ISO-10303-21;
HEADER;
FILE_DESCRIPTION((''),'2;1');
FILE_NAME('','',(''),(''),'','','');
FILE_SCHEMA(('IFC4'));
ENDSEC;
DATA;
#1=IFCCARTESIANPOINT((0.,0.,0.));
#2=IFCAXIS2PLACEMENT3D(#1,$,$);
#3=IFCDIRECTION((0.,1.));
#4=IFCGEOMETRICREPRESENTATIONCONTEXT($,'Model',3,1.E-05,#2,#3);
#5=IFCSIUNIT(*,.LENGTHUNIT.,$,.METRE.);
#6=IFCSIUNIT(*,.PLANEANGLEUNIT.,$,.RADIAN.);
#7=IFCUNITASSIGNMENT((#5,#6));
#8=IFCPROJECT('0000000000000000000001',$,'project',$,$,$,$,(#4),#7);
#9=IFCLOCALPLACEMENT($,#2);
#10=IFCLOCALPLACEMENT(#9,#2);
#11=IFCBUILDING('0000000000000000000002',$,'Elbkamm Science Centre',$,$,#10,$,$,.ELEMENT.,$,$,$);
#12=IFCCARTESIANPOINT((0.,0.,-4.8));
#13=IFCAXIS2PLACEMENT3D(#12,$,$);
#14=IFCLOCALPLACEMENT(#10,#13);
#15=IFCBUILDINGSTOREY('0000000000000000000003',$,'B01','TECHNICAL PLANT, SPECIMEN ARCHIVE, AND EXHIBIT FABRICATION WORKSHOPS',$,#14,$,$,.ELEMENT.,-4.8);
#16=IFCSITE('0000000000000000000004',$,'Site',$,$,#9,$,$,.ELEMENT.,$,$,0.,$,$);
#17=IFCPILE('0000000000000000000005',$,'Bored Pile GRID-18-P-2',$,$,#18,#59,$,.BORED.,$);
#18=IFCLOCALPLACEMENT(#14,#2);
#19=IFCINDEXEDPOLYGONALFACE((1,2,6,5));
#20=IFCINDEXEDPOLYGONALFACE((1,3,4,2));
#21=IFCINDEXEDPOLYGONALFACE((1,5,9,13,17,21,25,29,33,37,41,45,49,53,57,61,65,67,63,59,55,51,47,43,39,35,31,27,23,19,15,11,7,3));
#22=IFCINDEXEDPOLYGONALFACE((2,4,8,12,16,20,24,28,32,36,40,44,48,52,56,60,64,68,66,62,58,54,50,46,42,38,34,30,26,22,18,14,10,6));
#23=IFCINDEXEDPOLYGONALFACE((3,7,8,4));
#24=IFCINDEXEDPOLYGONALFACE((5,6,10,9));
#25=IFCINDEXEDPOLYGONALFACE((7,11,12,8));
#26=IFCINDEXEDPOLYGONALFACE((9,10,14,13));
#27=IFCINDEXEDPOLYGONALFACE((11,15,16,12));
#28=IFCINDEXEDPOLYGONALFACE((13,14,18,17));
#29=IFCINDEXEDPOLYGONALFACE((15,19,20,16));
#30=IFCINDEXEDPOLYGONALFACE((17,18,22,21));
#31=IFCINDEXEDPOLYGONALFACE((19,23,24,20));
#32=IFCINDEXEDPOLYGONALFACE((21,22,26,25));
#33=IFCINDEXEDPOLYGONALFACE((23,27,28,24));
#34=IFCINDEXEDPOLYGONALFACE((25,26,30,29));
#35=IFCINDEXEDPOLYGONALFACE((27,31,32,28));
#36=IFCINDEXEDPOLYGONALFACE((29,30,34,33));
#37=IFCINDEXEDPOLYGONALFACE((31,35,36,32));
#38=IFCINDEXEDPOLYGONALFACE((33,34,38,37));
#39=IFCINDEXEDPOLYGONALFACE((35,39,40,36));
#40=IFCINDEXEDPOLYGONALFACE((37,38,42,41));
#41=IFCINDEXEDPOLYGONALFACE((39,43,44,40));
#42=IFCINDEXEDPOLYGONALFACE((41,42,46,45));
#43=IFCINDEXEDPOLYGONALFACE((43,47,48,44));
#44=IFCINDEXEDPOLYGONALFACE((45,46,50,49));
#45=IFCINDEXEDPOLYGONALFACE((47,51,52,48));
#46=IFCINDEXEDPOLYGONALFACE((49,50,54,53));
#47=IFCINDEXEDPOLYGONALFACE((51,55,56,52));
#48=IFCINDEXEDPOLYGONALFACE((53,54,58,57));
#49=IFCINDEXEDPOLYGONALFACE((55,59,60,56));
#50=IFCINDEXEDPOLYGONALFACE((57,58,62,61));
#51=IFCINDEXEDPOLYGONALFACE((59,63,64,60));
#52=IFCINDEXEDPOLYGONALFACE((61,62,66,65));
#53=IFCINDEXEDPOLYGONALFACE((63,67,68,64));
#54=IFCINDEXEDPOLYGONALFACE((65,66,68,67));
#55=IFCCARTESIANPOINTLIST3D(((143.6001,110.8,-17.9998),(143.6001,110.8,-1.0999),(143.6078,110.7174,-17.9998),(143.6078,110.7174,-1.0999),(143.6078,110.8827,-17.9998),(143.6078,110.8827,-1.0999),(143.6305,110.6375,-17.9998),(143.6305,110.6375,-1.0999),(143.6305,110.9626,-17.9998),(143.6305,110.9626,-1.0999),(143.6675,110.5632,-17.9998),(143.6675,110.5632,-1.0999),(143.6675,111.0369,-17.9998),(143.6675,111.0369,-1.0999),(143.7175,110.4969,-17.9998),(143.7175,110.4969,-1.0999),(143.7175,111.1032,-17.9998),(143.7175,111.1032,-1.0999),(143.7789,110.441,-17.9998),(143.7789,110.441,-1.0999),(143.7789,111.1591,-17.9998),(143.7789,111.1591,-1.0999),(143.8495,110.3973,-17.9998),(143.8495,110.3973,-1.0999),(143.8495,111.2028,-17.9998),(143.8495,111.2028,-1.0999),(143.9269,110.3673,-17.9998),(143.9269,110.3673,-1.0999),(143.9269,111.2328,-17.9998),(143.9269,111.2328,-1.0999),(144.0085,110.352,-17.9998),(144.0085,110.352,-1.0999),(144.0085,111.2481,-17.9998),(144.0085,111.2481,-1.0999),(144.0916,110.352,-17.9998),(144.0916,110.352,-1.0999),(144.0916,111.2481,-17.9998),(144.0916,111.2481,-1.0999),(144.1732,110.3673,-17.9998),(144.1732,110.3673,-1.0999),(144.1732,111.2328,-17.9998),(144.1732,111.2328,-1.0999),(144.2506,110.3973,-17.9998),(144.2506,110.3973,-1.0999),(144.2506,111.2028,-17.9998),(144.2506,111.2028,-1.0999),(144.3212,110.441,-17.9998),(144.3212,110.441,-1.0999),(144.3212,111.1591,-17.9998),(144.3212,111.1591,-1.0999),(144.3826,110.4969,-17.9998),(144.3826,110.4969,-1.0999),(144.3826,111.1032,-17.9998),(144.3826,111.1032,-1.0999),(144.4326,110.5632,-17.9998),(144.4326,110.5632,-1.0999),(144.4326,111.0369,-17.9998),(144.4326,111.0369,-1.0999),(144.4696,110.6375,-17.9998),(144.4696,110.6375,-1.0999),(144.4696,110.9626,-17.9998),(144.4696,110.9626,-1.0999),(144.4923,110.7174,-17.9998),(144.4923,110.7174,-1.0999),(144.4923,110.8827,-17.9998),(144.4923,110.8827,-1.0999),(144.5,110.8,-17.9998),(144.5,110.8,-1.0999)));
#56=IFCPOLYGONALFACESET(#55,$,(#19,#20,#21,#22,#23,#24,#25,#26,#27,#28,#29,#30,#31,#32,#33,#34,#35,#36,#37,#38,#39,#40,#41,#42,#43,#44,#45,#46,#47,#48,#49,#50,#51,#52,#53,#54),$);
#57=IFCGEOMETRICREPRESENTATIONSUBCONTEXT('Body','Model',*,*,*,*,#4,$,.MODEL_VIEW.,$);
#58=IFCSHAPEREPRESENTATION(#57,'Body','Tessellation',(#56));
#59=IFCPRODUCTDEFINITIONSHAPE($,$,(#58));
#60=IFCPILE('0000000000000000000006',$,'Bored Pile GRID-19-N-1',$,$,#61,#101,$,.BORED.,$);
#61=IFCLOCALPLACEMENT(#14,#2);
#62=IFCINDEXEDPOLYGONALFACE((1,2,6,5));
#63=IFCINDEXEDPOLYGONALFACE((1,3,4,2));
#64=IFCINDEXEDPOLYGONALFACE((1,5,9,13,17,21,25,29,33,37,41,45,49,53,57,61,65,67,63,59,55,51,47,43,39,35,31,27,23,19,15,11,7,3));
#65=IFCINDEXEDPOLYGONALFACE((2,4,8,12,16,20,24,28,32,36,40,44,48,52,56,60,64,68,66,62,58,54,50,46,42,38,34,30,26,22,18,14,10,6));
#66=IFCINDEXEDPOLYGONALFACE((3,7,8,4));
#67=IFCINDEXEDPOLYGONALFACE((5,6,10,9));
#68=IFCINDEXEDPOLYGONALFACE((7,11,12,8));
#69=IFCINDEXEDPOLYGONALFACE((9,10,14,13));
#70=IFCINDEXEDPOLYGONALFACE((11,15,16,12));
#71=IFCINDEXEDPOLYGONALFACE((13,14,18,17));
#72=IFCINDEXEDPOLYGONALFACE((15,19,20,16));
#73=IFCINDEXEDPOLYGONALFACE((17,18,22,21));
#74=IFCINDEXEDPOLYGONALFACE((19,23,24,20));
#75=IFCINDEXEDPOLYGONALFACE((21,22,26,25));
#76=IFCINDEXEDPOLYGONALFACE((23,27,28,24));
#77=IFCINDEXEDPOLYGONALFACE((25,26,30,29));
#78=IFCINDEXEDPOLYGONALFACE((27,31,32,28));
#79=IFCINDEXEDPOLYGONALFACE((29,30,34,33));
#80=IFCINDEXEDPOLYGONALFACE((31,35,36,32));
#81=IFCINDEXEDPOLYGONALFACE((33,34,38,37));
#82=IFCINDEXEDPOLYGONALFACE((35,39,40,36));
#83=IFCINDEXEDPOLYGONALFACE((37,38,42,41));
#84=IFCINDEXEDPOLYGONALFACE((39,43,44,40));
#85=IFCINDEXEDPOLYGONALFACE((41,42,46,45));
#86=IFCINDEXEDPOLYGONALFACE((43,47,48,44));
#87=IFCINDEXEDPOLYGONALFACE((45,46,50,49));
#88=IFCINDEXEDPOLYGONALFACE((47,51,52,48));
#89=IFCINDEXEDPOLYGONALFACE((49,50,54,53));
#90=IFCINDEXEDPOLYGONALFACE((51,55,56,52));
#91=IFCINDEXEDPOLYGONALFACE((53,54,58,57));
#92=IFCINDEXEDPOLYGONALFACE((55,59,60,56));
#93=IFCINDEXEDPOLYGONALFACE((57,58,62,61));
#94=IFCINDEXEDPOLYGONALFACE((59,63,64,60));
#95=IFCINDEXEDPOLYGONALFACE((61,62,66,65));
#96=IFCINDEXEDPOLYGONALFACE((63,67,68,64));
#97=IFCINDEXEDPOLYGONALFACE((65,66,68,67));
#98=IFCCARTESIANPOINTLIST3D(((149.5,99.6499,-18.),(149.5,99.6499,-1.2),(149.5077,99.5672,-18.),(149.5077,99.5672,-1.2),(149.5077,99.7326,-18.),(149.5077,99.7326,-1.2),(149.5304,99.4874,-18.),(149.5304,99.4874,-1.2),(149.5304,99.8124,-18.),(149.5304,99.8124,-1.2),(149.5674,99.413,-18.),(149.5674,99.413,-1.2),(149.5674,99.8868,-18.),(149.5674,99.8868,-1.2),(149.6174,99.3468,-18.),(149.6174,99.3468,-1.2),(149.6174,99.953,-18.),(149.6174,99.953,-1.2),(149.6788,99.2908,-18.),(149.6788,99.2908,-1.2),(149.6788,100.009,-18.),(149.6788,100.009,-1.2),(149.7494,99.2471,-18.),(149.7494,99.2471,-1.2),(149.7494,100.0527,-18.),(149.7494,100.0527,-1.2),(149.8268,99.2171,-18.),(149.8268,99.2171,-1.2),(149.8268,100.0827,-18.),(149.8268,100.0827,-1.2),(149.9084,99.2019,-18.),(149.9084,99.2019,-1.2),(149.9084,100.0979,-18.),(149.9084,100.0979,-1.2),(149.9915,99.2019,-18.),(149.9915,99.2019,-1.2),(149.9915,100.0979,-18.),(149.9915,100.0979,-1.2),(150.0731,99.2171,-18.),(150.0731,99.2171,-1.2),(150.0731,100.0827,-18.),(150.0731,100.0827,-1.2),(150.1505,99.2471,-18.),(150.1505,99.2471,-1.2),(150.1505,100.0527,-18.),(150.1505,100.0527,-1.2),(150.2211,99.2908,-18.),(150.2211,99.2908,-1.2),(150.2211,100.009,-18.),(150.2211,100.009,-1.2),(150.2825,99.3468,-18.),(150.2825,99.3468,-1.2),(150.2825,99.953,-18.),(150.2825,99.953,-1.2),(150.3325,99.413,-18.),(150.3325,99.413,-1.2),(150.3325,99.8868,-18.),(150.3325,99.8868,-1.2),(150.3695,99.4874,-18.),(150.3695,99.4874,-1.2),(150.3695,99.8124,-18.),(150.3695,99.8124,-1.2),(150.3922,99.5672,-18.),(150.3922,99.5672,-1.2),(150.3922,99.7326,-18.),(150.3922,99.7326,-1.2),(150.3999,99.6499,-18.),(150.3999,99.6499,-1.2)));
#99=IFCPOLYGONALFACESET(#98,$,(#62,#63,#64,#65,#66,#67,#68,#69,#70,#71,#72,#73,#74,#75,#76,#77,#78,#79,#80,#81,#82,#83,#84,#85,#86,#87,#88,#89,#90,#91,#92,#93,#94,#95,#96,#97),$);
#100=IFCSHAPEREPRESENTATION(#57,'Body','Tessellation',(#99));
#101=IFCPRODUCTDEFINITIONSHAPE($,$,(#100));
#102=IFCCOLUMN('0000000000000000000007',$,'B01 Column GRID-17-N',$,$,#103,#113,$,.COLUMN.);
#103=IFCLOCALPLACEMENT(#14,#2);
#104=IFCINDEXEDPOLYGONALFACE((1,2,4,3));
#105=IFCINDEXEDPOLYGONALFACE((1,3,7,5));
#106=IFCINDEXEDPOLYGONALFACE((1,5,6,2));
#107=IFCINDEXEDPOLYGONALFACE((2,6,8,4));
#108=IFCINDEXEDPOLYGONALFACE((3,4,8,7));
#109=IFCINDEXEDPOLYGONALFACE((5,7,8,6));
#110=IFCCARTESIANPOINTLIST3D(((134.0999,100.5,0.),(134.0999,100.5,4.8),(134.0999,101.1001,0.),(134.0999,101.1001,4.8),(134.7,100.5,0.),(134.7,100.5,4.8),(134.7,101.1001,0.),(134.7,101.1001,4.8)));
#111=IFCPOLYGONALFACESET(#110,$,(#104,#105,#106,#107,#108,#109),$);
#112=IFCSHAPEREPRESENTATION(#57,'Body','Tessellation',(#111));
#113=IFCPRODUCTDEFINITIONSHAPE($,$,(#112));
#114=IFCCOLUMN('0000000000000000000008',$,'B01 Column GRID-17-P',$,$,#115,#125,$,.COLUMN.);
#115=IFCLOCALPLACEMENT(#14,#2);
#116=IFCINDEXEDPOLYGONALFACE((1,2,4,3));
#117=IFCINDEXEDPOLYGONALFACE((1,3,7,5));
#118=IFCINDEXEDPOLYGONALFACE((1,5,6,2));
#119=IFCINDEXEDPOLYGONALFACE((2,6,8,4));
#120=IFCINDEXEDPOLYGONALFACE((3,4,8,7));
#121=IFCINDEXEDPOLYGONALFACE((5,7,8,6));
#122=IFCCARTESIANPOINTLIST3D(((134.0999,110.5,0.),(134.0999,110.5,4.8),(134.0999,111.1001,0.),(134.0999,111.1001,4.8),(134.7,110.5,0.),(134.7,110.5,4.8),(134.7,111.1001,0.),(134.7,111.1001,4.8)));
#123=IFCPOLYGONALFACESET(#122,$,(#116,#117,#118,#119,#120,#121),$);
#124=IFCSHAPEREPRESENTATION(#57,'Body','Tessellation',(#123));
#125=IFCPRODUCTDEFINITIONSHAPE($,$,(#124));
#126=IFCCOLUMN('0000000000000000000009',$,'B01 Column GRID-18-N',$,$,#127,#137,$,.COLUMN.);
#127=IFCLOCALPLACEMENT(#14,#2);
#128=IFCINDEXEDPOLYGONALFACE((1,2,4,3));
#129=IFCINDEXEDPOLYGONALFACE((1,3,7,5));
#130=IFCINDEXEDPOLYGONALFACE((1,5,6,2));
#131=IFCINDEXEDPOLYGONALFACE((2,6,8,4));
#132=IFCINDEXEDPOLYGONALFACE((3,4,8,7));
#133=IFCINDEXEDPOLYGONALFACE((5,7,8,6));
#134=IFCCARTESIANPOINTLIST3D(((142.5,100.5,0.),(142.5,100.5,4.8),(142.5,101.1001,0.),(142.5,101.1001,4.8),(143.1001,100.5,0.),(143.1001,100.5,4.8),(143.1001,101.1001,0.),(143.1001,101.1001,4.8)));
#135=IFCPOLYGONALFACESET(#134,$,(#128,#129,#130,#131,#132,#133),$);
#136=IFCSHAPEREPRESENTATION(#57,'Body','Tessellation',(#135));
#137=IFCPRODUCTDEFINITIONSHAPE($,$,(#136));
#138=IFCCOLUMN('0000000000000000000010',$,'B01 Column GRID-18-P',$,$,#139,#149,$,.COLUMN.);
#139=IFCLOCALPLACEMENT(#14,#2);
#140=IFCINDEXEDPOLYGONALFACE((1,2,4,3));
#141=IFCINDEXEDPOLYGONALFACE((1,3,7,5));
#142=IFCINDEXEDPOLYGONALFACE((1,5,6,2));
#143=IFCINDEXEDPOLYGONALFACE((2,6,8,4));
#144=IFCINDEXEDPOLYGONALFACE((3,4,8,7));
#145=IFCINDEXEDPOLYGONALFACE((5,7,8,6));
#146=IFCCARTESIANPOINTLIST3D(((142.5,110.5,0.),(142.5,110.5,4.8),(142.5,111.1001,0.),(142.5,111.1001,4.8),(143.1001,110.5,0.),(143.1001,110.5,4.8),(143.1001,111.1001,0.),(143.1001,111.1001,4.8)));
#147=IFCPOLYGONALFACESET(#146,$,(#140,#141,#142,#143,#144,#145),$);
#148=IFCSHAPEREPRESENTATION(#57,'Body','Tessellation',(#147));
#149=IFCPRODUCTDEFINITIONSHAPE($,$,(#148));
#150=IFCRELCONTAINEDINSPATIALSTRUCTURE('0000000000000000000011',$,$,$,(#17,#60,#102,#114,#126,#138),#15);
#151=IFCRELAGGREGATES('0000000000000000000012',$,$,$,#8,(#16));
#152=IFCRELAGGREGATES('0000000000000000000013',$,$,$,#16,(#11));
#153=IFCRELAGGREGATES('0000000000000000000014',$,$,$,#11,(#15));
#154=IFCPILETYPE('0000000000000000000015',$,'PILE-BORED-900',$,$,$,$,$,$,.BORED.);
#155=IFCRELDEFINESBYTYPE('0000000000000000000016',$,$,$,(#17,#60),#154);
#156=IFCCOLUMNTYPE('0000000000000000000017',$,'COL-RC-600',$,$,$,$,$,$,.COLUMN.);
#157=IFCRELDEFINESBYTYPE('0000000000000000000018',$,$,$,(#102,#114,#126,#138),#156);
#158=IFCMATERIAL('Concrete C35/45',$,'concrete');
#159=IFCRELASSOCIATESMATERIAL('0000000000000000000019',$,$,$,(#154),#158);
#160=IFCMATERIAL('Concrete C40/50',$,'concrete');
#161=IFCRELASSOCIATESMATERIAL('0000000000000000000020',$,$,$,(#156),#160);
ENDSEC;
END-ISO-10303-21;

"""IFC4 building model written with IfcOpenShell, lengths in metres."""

from ifc_helpers import new_model, si_unit, direction, frame, origin, origin_2d, place, context, subcontext, project, spatial, rectangle, circle, extrude, material, material_profile, profile_set, type_object, element, save


model = new_model("IFC4")

# Units and contexts
model_context = context("Model", 3, precision=1e-05, world=origin(), true_north=direction((0.0, 1.0)))
body_context = subcontext(model_context, "Body", "Model", "MODEL_VIEW")
ifc_project = project(units=[si_unit("LENGTHUNIT", "METRE"), si_unit("PLANEANGLEUNIT", "RADIAN")], contexts=[model_context])

# Site, building, storey
site_placement = place(None, origin())
site = spatial("IfcSite", under=ifc_project, at=site_placement, Name="Site", CompositionType="ELEMENT", RefElevation=0.0)
building_placement = place(site_placement, origin())
building = spatial("IfcBuilding", under=site, at=building_placement, Name="Elbkamm Science Centre", CompositionType="ELEMENT")
storey_placement = place(building_placement, frame((0.0, 0.0, -4.8)))
storey = spatial("IfcBuildingStorey", under=building, at=storey_placement, Name="B01", Description="TECHNICAL PLANT, SPECIMEN ARCHIVE, AND EXHIBIT FABRICATION WORKSHOPS", CompositionType="ELEMENT", Elevation=-4.8)

# Shared definitions
ifc_material_1 = material(Name="Concrete C35/45", Category="concrete")

# Piles
ifc_material_profile_1 = material_profile(ifc_material_1, circle(Radius=0.45, at=origin_2d()), Name="PILE D900")
ifc_profile_set_1 = profile_set([ifc_material_profile_1], Name="Concrete C35/45")
pile_type = type_object("IfcPileType", Name="PILE-BORED-900", PredefinedType="BORED", material=ifc_profile_set_1)
for number, where, z_axis, x_axis, name in (
    (1, (144.05, 110.8, -1.0999), (0.0, 0.0, -1.0), (1.0, 0.0, 0.0), "Bored Pile GRID-18-P-2"),
):
    element("IfcPile", number, at=place(storey_placement, frame(where, z_axis=z_axis, x_axis=x_axis)), inside=storey, type_object=pile_type, Name=name, PredefinedType="BORED", context=body_context, shape_type="SweptSolid", body=[
        extrude(circle(Radius=0.45, at=origin_2d()), origin(), (0.0, 0.0, 1.0), 16.8999),
    ])
pile_1_placement = place(storey_placement, frame((149.95, 99.6499, -1.2), z_axis=(0.0, 0.0, -1.0), x_axis=(1.0, 0.0, 0.0)))
element("IfcPile", 2, at=pile_1_placement, inside=storey, type_object=pile_type, Name="Bored Pile GRID-19-N-1", PredefinedType="BORED", context=body_context, shape_type="SweptSolid", body=[
    extrude(circle(Radius=0.45, at=origin_2d()), origin(), (0.0, 0.0, 1.0), 16.8),
])

# Columns
ifc_material_2 = material(Name="Concrete C40/50", Category="concrete")
ifc_material_profile_2 = material_profile(ifc_material_2, rectangle(XDim=0.6001, YDim=0.6001, at=origin_2d()), Name="RC 600x600")
ifc_profile_set_2 = profile_set([ifc_material_profile_2], Name="Concrete C40/50")
column_type = type_object("IfcColumnType", Name="COL-RC-600", PredefinedType="COLUMN", material=ifc_profile_set_2)
for number, where, z_axis, x_axis, name in (
    (3, (134.3999, 100.8, 0.0), (0.0, 0.0, 1.0), (1.0, 0.0, 0.0), "B01 Column GRID-17-N"),
    (4, (134.3999, 110.8, 0.0), (0.0, 0.0, 1.0), (1.0, 0.0, 0.0), "B01 Column GRID-17-P"),
    (5, (142.8, 100.8, 0.0), (0.0, 0.0, 1.0), (1.0, 0.0, 0.0), "B01 Column GRID-18-N"),
    (6, (142.8, 110.8, 0.0), (0.0, 0.0, 1.0), (1.0, 0.0, 0.0), "B01 Column GRID-18-P"),
):
    element("IfcColumn", number, at=place(storey_placement, frame(where, z_axis=z_axis, x_axis=x_axis)), inside=storey, type_object=column_type, Name=name, PredefinedType="COLUMN", context=body_context, shape_type="SweptSolid", body=[
        extrude(rectangle(XDim=0.6001, YDim=0.6001, at=origin_2d()), origin(), (0.0, 0.0, 1.0), 4.8),
    ])

save(model, "model.ifc")
